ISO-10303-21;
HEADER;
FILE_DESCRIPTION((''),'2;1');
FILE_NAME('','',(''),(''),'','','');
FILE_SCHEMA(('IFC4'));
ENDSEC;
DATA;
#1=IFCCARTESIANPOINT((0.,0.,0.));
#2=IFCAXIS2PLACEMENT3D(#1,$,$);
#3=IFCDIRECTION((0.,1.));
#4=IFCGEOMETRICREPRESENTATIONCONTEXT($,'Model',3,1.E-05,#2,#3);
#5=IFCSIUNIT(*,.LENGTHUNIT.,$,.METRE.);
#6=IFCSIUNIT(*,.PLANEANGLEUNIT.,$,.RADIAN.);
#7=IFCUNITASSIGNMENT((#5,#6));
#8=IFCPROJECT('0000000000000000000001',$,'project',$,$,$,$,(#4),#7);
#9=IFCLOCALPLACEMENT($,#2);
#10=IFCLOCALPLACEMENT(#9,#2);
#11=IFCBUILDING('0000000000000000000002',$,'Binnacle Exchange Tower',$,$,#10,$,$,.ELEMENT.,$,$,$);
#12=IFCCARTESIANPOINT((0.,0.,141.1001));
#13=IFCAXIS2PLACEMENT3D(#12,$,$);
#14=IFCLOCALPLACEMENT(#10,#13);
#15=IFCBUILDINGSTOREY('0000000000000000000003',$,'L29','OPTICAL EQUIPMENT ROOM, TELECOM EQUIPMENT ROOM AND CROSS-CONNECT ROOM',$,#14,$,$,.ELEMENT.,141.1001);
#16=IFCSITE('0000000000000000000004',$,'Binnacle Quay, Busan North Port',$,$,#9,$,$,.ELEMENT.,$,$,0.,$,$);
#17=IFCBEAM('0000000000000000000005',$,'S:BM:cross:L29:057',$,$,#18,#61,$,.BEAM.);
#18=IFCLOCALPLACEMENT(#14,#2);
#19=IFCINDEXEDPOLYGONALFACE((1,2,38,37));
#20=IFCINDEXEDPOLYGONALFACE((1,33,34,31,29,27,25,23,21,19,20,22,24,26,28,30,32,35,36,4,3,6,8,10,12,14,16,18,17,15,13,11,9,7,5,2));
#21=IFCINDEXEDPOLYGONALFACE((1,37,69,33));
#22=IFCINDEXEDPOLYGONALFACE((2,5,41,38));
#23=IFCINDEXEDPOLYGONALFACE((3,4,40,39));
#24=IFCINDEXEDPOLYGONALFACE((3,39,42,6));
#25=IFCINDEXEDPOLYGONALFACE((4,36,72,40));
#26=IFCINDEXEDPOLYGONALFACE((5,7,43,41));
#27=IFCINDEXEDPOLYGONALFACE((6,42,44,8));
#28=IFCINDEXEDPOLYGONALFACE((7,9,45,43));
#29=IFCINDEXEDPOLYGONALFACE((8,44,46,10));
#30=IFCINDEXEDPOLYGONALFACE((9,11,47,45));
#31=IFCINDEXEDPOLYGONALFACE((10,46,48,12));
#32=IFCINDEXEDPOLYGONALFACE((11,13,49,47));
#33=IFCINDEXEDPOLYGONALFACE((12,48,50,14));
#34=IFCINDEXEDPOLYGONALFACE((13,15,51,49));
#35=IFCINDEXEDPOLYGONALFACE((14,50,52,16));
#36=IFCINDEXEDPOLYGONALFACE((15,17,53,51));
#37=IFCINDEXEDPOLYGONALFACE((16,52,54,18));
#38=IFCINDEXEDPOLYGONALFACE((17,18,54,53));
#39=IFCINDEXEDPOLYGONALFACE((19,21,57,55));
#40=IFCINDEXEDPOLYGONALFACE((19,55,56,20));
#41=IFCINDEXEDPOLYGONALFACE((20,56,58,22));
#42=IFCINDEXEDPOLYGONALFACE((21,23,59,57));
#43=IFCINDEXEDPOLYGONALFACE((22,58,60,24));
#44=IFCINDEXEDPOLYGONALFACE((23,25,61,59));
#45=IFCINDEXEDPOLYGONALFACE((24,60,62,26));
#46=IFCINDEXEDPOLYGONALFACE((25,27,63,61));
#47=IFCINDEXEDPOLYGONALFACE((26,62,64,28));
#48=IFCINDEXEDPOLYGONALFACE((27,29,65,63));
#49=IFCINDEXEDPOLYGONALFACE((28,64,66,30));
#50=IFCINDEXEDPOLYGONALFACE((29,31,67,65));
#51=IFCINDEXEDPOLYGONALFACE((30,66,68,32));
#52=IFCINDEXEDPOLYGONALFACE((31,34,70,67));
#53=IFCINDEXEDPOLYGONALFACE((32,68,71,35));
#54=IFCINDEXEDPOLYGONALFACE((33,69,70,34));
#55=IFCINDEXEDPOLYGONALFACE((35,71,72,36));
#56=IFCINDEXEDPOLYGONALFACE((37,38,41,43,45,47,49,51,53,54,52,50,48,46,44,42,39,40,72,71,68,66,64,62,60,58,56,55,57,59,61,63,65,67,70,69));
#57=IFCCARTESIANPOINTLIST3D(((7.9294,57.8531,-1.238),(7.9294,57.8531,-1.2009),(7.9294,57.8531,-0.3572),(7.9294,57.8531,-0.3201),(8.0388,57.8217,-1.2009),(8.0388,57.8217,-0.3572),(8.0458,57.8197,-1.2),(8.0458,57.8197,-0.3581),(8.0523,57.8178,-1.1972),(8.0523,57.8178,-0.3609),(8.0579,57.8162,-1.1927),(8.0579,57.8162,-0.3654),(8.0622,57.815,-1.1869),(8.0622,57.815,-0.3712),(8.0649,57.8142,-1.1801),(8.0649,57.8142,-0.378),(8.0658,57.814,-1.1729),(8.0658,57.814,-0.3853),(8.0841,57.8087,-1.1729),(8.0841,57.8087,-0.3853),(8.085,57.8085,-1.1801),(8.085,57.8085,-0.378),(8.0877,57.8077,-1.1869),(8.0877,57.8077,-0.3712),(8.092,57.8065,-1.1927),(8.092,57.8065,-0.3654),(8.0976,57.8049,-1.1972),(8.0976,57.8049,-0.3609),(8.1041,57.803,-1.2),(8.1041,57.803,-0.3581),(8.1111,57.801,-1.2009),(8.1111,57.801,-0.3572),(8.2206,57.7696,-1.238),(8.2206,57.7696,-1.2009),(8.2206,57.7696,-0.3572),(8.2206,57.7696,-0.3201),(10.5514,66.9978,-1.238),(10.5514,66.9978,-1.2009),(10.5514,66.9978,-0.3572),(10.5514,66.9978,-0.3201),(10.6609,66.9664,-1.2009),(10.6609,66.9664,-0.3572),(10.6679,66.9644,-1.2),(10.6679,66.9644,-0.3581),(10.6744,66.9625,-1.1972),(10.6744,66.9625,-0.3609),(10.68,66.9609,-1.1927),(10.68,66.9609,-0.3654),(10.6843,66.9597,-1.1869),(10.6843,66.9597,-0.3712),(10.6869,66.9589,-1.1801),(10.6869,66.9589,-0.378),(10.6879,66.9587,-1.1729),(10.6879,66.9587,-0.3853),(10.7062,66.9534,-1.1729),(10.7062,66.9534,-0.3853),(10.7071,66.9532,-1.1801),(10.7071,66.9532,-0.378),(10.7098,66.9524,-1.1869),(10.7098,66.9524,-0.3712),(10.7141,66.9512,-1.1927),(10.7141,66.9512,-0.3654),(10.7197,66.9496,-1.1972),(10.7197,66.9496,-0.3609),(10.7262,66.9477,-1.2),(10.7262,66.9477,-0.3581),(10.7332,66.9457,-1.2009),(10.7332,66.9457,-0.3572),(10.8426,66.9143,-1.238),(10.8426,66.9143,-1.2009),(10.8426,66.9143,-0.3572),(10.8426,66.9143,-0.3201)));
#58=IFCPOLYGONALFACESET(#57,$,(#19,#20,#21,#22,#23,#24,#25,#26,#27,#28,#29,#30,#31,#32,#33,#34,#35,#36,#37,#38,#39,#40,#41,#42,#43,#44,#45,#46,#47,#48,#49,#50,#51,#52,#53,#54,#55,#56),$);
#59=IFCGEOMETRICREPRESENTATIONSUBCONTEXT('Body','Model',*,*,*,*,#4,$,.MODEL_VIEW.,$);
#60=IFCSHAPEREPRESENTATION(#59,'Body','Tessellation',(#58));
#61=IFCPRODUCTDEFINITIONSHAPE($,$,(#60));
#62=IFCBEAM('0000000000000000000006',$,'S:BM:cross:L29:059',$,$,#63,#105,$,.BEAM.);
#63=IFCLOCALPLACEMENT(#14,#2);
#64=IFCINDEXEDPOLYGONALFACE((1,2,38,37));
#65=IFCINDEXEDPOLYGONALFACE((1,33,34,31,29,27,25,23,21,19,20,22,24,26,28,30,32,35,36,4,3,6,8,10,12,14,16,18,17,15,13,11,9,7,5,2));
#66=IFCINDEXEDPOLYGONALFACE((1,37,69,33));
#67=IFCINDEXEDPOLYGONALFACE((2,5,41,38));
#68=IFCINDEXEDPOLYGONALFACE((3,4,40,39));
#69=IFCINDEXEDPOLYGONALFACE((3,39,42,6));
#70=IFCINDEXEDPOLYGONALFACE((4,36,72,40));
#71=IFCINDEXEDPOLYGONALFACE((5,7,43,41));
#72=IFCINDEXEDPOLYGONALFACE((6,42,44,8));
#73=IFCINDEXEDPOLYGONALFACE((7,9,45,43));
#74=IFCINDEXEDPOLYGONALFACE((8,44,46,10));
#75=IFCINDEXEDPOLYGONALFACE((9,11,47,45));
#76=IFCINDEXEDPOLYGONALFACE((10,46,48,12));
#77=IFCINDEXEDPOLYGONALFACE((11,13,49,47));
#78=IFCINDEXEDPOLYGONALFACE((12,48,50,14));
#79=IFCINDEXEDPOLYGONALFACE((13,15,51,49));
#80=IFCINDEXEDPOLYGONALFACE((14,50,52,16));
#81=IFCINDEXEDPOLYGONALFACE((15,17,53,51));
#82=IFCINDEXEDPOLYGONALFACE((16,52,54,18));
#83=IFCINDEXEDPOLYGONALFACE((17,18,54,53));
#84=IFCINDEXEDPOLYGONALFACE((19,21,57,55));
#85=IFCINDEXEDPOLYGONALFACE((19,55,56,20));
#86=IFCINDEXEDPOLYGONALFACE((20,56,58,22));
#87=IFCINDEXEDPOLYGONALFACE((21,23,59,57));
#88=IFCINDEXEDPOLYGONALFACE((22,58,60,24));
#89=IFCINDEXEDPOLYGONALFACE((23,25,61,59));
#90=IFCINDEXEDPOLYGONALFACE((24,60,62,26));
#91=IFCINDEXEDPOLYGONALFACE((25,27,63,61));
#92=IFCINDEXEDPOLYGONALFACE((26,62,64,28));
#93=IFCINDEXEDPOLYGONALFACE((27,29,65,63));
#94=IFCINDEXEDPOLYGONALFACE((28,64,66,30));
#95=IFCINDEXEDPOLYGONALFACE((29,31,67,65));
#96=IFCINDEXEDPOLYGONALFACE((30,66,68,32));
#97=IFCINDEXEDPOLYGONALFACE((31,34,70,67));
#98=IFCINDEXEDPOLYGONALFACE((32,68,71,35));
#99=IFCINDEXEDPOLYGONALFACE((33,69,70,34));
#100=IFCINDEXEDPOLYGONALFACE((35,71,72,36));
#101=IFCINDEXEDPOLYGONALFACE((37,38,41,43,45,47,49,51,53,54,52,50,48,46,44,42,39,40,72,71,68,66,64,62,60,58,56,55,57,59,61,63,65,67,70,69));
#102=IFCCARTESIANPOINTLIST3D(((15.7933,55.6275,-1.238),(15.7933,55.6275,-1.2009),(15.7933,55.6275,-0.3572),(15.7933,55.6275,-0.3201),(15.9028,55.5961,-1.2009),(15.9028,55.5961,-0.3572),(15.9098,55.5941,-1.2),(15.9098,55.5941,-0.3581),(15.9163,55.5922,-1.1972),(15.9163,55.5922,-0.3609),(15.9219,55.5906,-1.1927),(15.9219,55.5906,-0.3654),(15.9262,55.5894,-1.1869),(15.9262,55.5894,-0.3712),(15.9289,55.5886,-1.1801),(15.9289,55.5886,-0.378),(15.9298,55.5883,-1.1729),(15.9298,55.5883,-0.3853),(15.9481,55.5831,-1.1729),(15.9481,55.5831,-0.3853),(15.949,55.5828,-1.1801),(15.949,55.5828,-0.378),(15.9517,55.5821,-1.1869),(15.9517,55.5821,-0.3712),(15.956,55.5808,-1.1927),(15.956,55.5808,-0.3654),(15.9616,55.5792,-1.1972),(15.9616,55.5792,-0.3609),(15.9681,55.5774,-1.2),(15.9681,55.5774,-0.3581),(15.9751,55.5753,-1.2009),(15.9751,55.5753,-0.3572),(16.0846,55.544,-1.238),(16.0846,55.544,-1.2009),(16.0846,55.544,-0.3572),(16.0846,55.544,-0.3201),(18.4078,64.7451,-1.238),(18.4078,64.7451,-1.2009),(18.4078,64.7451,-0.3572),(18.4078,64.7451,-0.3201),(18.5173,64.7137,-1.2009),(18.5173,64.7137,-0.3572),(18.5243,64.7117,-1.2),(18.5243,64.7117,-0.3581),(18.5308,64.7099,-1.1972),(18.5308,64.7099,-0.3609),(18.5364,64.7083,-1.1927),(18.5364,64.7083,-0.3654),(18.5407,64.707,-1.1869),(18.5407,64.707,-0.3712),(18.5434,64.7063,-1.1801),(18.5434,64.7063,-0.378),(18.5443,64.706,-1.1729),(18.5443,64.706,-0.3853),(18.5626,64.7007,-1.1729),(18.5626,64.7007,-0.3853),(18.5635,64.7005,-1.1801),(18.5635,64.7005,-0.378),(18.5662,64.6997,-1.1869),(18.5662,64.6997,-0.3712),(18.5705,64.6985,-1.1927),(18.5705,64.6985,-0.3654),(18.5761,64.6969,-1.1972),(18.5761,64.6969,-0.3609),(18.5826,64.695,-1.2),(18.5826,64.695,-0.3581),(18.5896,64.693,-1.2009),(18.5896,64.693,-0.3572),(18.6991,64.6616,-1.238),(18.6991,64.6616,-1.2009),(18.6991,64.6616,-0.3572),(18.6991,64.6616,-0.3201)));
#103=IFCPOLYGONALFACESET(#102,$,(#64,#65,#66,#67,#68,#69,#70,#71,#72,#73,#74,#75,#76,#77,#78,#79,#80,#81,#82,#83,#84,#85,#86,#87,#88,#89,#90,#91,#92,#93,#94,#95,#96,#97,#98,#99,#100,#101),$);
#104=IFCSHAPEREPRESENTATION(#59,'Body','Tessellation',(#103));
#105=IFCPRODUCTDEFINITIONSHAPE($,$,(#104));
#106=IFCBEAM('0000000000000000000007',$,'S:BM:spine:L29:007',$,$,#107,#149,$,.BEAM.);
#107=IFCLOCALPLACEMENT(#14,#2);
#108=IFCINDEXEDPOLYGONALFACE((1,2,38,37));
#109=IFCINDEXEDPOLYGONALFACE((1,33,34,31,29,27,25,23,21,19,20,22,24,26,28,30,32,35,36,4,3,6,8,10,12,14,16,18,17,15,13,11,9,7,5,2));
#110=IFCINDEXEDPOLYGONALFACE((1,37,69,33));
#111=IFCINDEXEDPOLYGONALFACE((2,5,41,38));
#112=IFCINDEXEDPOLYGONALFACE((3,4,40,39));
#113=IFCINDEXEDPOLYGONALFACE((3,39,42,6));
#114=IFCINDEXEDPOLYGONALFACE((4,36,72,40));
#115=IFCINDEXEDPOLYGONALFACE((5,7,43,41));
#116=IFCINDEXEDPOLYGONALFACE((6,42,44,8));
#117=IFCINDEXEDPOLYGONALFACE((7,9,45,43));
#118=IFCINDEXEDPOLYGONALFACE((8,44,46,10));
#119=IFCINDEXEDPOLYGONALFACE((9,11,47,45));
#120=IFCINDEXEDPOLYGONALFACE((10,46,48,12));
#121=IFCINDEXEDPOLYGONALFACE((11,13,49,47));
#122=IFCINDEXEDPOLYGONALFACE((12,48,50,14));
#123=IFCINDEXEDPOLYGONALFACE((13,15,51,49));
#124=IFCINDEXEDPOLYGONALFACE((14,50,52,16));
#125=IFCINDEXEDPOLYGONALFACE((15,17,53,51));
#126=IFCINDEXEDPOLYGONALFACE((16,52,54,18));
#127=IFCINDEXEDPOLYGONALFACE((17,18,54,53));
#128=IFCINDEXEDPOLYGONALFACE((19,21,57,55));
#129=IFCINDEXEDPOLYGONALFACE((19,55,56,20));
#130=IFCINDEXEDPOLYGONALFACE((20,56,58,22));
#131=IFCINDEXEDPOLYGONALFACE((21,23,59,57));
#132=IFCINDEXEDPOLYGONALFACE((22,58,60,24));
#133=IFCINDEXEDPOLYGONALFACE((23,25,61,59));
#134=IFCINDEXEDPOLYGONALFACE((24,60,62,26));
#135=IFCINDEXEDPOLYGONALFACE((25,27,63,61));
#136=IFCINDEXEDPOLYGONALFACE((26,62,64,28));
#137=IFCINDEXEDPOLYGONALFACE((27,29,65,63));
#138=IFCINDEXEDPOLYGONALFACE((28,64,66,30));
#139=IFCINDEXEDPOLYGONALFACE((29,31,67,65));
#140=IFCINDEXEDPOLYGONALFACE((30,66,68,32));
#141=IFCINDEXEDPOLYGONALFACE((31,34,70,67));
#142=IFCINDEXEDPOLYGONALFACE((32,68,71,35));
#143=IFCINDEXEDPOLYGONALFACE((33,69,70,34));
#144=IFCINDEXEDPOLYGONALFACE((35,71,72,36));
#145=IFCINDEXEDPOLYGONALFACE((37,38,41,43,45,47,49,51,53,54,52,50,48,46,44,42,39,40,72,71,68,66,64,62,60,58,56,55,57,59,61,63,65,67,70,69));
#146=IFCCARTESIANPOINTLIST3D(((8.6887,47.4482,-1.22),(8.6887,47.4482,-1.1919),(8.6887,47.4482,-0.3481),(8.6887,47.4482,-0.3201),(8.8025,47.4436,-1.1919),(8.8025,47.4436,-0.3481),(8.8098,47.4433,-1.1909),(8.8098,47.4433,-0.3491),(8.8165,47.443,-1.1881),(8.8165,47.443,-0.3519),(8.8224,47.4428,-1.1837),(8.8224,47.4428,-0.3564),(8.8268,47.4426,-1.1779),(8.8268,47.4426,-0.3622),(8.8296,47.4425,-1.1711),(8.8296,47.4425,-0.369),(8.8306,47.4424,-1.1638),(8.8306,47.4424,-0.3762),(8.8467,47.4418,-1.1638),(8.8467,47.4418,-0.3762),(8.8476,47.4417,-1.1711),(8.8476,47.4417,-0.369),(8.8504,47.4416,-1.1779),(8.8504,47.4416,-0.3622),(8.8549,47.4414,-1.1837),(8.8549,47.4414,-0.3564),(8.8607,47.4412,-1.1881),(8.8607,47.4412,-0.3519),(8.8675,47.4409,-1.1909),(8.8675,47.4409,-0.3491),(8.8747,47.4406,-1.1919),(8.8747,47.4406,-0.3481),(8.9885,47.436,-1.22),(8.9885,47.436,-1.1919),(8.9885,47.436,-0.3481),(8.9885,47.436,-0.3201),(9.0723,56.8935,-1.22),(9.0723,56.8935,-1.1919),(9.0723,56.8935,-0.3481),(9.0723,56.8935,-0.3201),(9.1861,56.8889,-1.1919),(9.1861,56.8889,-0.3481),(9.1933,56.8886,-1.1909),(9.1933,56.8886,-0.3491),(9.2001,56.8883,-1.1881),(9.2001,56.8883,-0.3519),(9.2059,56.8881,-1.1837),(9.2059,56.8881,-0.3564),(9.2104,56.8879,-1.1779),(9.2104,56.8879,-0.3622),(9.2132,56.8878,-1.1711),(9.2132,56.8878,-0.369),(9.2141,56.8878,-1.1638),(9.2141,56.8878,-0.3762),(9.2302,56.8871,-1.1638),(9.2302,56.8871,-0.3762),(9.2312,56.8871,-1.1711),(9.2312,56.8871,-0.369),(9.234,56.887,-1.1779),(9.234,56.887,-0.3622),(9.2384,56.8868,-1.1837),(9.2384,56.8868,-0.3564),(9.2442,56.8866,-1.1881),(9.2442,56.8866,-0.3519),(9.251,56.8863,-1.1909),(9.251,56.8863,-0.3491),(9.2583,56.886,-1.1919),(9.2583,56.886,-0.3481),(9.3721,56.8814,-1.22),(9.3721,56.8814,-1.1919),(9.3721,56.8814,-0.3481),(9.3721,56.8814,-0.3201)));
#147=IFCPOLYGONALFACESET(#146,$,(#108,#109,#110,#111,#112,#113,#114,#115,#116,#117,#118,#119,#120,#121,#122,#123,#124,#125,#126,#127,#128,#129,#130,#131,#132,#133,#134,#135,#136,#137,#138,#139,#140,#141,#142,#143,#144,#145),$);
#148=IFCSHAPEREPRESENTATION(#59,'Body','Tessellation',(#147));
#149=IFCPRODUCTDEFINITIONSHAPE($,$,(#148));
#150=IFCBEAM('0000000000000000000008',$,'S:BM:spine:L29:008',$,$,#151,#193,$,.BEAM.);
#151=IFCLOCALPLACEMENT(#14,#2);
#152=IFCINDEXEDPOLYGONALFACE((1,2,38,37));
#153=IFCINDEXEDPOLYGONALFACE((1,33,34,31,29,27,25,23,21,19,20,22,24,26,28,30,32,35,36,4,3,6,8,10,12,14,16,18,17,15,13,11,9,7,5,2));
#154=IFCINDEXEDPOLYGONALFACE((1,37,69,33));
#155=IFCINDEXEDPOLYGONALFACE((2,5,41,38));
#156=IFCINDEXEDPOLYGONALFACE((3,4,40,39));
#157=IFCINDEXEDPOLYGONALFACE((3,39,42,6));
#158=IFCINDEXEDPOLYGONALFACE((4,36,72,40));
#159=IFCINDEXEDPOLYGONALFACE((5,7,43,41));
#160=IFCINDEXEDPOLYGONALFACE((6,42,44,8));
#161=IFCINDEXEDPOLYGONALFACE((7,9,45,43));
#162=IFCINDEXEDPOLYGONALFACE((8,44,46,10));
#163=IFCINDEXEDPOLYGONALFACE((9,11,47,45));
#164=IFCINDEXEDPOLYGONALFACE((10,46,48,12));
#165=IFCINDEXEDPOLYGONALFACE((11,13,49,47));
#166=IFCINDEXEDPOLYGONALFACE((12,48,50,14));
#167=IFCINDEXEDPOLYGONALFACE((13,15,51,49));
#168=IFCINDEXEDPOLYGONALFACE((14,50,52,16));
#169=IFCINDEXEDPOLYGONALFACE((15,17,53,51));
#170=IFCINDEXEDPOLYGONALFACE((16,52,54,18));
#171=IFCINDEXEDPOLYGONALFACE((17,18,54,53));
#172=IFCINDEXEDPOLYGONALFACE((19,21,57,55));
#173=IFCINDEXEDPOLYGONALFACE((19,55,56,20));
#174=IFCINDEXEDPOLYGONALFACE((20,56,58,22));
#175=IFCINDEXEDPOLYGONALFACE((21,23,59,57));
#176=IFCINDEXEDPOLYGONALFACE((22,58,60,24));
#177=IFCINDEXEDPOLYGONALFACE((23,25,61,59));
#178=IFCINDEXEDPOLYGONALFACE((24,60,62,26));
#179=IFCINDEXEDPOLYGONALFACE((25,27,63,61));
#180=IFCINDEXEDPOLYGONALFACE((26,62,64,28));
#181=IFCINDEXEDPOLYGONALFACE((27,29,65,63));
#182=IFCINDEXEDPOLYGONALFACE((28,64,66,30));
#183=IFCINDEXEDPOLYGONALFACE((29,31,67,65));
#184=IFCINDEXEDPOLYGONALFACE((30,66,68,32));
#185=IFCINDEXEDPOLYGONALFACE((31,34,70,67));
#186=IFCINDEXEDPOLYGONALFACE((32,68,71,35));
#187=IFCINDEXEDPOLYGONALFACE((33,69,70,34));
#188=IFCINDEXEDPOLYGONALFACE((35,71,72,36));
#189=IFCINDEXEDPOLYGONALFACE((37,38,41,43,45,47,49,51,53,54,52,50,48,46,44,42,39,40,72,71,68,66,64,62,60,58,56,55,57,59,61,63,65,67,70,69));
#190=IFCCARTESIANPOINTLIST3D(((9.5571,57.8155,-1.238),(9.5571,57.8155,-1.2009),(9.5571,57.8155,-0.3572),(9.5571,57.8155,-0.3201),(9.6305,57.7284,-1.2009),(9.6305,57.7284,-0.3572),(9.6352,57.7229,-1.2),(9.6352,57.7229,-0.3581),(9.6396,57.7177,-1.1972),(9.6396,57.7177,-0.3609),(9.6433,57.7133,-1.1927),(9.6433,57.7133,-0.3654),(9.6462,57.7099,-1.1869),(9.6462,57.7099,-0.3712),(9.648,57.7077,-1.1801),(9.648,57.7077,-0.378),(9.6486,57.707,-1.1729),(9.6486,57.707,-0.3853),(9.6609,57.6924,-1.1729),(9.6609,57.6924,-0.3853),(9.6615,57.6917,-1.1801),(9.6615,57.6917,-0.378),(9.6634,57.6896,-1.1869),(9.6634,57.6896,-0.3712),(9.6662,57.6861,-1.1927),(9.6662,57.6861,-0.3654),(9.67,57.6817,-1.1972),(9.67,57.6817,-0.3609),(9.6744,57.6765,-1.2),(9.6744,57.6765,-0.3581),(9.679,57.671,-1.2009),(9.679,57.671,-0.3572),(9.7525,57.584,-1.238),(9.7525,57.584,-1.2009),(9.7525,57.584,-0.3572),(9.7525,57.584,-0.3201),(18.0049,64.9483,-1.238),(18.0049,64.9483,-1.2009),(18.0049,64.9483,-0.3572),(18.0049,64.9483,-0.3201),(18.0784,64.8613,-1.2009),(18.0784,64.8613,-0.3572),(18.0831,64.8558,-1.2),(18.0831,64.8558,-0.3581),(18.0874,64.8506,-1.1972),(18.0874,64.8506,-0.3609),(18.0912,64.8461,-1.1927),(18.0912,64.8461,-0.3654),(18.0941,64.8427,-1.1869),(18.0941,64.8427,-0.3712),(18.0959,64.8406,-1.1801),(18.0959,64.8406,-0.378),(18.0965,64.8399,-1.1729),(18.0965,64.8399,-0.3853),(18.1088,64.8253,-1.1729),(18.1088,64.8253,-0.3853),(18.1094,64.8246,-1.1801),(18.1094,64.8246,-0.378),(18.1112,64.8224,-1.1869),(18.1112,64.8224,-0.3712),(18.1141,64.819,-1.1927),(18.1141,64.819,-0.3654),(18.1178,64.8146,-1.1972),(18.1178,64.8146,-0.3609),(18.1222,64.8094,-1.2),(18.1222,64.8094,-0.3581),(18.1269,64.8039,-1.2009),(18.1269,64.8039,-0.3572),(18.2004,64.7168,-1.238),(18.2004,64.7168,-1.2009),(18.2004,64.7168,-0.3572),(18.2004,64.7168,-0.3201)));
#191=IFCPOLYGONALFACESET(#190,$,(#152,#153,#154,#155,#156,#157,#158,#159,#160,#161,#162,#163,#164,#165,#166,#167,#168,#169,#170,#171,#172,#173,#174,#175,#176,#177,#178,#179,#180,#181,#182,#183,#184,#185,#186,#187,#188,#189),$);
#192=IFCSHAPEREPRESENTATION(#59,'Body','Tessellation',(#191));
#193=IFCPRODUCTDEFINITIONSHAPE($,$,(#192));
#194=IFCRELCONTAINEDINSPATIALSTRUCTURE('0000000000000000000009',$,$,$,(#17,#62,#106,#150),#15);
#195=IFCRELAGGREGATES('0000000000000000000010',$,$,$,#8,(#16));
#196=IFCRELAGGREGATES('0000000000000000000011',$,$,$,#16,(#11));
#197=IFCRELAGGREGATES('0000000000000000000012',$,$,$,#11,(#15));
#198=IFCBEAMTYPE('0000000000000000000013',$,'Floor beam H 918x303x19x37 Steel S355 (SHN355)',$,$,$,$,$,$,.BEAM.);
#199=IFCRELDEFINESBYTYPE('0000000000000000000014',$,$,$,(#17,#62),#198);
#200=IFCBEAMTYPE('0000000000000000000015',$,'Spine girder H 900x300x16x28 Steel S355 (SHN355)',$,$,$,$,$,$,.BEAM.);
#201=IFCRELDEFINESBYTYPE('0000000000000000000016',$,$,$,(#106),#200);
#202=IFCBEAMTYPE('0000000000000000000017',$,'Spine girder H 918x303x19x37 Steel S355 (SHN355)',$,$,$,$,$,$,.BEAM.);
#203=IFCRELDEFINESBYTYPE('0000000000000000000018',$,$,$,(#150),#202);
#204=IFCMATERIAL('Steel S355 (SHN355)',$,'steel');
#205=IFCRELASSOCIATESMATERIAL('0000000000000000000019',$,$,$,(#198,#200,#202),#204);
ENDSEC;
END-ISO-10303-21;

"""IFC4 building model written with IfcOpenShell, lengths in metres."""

from ifc_helpers import new_model, si_unit, direction, frame, origin, origin_2d, place, context, subcontext, project, spatial, i_section, extrude, material, material_profile, profile_set, type_object, element, save


model = new_model("IFC4")

# Units and contexts
model_context = context("Model", 3, precision=1e-05, world=origin(), true_north=direction((0.0, 1.0)))
body_context = subcontext(model_context, "Body", "Model", "MODEL_VIEW")
ifc_project = project(units=[si_unit("LENGTHUNIT", "METRE"), si_unit("PLANEANGLEUNIT", "RADIAN")], contexts=[model_context])

# Site, building, storey
site_placement = place(None, origin())
site = spatial("IfcSite", under=ifc_project, at=site_placement, Name="Binnacle Quay, Busan North Port", CompositionType="ELEMENT", RefElevation=0.0)
building_placement = place(site_placement, origin())
building = spatial("IfcBuilding", under=site, at=building_placement, Name="Binnacle Exchange Tower", CompositionType="ELEMENT")
storey_placement = place(building_placement, frame((0.0, 0.0, 141.1001)))
storey = spatial("IfcBuildingStorey", under=building, at=storey_placement, Name="L29", Description="OPTICAL EQUIPMENT ROOM, TELECOM EQUIPMENT ROOM AND CROSS-CONNECT ROOM", CompositionType="ELEMENT", Elevation=141.1001)

# Beams
ifc_material_1 = material(Name="Steel S355 (SHN355)", Category="steel")
ifc_material_profile_1 = material_profile(ifc_material_1, i_section(OverallWidth=0.303, OverallDepth=0.918, WebThickness=0.019, FlangeThickness=0.0371, FilletRadius=0.0281, at=origin_2d()), Name="H 918x303x19x37")
ifc_profile_set_1 = profile_set([ifc_material_profile_1], Name="Steel S355 (SHN355)")
beam_type_1 = type_object("IfcBeamType", Name="Floor beam H 918x303x19x37 Steel S355 (SHN355)", PredefinedType="BEAM", material=ifc_profile_set_1)
beam_1_placement = place(storey_placement, frame((10.697, 66.9561, -0.7791), z_axis=(-0.275623, -0.961266, 0.0), x_axis=(0.961266, -0.275623, 0.0)))
element("IfcBeam", 1, at=beam_1_placement, inside=storey, type_object=beam_type_1, Name="S:BM:cross:L29:057", PredefinedType="BEAM", context=body_context, shape_type="SweptSolid", body=[
    extrude(i_section(OverallWidth=0.303, OverallDepth=0.918, WebThickness=0.019, FlangeThickness=0.0371, FilletRadius=0.0281, at=origin_2d()), origin(), (0.0, 0.0, 1.0), 9.5132),
])
beam_2_placement = place(storey_placement, frame((18.5535, 64.7034, -0.7791), z_axis=(-0.275642, -0.96126, 0.0), x_axis=(0.96126, -0.275642, 0.0)))
element("IfcBeam", 2, at=beam_2_placement, inside=storey, type_object=beam_type_1, Name="S:BM:cross:L29:059", PredefinedType="BEAM", context=body_context, shape_type="SweptSolid", body=[
    extrude(i_section(OverallWidth=0.303, OverallDepth=0.918, WebThickness=0.019, FlangeThickness=0.0371, FilletRadius=0.0281, at=origin_2d()), origin(), (0.0, 0.0, 1.0), 9.4851),
])
ifc_material_profile_2 = material_profile(ifc_material_1, i_section(OverallWidth=0.3, OverallDepth=0.8999, WebThickness=0.0161, FlangeThickness=0.0281, FilletRadius=0.0281, at=origin_2d()), Name="H 900x300x16x28")
ifc_profile_set_2 = profile_set([ifc_material_profile_2], Name="Steel S355 (SHN355)")
beam_type_2 = type_object("IfcBeamType", Name="Spine girder H 900x300x16x28 Steel S355 (SHN355)", PredefinedType="BEAM", material=ifc_profile_set_2)
beam_3_placement = place(storey_placement, frame((9.2222, 56.8875, -0.77), z_axis=(-0.040573, -0.999177, 0.0), x_axis=(0.999177, -0.040573, 0.0)))
element("IfcBeam", 3, at=beam_3_placement, inside=storey, type_object=beam_type_2, Name="S:BM:spine:L29:007", PredefinedType="BEAM", context=body_context, shape_type="SweptSolid", body=[
    extrude(i_section(OverallWidth=0.3, OverallDepth=0.8999, WebThickness=0.0161, FlangeThickness=0.0281, FilletRadius=0.0281, at=origin_2d()), origin(), (0.0, 0.0, 1.0), 9.4531),
])
ifc_material_profile_3 = material_profile(ifc_material_1, i_section(OverallWidth=0.303, OverallDepth=0.918, WebThickness=0.019, FlangeThickness=0.0371, FilletRadius=0.0281, at=origin_2d()), Name="H 918x303x19x37")
ifc_profile_set_3 = profile_set([ifc_material_profile_3], Name="Steel S355 (SHN355)")
beam_type_3 = type_object("IfcBeamType", Name="Spine girder H 918x303x19x37 Steel S355 (SHN355)", PredefinedType="BEAM", material=ifc_profile_set_3)
beam_4_placement = place(storey_placement, frame((9.6548, 57.6997, -0.7791), z_axis=(0.764068, 0.645136, 0.0), x_axis=(-0.645136, 0.764068, 0.0)))
element("IfcBeam", 4, at=beam_4_placement, inside=storey, type_object=beam_type_3, Name="S:BM:spine:L29:008", PredefinedType="BEAM", context=body_context, shape_type="SweptSolid", body=[
    extrude(i_section(OverallWidth=0.303, OverallDepth=0.918, WebThickness=0.019, FlangeThickness=0.0371, FilletRadius=0.0281, at=origin_2d()), origin(), (0.0, 0.0, 1.0), 11.0564),
])

save(model, "model.ifc")
